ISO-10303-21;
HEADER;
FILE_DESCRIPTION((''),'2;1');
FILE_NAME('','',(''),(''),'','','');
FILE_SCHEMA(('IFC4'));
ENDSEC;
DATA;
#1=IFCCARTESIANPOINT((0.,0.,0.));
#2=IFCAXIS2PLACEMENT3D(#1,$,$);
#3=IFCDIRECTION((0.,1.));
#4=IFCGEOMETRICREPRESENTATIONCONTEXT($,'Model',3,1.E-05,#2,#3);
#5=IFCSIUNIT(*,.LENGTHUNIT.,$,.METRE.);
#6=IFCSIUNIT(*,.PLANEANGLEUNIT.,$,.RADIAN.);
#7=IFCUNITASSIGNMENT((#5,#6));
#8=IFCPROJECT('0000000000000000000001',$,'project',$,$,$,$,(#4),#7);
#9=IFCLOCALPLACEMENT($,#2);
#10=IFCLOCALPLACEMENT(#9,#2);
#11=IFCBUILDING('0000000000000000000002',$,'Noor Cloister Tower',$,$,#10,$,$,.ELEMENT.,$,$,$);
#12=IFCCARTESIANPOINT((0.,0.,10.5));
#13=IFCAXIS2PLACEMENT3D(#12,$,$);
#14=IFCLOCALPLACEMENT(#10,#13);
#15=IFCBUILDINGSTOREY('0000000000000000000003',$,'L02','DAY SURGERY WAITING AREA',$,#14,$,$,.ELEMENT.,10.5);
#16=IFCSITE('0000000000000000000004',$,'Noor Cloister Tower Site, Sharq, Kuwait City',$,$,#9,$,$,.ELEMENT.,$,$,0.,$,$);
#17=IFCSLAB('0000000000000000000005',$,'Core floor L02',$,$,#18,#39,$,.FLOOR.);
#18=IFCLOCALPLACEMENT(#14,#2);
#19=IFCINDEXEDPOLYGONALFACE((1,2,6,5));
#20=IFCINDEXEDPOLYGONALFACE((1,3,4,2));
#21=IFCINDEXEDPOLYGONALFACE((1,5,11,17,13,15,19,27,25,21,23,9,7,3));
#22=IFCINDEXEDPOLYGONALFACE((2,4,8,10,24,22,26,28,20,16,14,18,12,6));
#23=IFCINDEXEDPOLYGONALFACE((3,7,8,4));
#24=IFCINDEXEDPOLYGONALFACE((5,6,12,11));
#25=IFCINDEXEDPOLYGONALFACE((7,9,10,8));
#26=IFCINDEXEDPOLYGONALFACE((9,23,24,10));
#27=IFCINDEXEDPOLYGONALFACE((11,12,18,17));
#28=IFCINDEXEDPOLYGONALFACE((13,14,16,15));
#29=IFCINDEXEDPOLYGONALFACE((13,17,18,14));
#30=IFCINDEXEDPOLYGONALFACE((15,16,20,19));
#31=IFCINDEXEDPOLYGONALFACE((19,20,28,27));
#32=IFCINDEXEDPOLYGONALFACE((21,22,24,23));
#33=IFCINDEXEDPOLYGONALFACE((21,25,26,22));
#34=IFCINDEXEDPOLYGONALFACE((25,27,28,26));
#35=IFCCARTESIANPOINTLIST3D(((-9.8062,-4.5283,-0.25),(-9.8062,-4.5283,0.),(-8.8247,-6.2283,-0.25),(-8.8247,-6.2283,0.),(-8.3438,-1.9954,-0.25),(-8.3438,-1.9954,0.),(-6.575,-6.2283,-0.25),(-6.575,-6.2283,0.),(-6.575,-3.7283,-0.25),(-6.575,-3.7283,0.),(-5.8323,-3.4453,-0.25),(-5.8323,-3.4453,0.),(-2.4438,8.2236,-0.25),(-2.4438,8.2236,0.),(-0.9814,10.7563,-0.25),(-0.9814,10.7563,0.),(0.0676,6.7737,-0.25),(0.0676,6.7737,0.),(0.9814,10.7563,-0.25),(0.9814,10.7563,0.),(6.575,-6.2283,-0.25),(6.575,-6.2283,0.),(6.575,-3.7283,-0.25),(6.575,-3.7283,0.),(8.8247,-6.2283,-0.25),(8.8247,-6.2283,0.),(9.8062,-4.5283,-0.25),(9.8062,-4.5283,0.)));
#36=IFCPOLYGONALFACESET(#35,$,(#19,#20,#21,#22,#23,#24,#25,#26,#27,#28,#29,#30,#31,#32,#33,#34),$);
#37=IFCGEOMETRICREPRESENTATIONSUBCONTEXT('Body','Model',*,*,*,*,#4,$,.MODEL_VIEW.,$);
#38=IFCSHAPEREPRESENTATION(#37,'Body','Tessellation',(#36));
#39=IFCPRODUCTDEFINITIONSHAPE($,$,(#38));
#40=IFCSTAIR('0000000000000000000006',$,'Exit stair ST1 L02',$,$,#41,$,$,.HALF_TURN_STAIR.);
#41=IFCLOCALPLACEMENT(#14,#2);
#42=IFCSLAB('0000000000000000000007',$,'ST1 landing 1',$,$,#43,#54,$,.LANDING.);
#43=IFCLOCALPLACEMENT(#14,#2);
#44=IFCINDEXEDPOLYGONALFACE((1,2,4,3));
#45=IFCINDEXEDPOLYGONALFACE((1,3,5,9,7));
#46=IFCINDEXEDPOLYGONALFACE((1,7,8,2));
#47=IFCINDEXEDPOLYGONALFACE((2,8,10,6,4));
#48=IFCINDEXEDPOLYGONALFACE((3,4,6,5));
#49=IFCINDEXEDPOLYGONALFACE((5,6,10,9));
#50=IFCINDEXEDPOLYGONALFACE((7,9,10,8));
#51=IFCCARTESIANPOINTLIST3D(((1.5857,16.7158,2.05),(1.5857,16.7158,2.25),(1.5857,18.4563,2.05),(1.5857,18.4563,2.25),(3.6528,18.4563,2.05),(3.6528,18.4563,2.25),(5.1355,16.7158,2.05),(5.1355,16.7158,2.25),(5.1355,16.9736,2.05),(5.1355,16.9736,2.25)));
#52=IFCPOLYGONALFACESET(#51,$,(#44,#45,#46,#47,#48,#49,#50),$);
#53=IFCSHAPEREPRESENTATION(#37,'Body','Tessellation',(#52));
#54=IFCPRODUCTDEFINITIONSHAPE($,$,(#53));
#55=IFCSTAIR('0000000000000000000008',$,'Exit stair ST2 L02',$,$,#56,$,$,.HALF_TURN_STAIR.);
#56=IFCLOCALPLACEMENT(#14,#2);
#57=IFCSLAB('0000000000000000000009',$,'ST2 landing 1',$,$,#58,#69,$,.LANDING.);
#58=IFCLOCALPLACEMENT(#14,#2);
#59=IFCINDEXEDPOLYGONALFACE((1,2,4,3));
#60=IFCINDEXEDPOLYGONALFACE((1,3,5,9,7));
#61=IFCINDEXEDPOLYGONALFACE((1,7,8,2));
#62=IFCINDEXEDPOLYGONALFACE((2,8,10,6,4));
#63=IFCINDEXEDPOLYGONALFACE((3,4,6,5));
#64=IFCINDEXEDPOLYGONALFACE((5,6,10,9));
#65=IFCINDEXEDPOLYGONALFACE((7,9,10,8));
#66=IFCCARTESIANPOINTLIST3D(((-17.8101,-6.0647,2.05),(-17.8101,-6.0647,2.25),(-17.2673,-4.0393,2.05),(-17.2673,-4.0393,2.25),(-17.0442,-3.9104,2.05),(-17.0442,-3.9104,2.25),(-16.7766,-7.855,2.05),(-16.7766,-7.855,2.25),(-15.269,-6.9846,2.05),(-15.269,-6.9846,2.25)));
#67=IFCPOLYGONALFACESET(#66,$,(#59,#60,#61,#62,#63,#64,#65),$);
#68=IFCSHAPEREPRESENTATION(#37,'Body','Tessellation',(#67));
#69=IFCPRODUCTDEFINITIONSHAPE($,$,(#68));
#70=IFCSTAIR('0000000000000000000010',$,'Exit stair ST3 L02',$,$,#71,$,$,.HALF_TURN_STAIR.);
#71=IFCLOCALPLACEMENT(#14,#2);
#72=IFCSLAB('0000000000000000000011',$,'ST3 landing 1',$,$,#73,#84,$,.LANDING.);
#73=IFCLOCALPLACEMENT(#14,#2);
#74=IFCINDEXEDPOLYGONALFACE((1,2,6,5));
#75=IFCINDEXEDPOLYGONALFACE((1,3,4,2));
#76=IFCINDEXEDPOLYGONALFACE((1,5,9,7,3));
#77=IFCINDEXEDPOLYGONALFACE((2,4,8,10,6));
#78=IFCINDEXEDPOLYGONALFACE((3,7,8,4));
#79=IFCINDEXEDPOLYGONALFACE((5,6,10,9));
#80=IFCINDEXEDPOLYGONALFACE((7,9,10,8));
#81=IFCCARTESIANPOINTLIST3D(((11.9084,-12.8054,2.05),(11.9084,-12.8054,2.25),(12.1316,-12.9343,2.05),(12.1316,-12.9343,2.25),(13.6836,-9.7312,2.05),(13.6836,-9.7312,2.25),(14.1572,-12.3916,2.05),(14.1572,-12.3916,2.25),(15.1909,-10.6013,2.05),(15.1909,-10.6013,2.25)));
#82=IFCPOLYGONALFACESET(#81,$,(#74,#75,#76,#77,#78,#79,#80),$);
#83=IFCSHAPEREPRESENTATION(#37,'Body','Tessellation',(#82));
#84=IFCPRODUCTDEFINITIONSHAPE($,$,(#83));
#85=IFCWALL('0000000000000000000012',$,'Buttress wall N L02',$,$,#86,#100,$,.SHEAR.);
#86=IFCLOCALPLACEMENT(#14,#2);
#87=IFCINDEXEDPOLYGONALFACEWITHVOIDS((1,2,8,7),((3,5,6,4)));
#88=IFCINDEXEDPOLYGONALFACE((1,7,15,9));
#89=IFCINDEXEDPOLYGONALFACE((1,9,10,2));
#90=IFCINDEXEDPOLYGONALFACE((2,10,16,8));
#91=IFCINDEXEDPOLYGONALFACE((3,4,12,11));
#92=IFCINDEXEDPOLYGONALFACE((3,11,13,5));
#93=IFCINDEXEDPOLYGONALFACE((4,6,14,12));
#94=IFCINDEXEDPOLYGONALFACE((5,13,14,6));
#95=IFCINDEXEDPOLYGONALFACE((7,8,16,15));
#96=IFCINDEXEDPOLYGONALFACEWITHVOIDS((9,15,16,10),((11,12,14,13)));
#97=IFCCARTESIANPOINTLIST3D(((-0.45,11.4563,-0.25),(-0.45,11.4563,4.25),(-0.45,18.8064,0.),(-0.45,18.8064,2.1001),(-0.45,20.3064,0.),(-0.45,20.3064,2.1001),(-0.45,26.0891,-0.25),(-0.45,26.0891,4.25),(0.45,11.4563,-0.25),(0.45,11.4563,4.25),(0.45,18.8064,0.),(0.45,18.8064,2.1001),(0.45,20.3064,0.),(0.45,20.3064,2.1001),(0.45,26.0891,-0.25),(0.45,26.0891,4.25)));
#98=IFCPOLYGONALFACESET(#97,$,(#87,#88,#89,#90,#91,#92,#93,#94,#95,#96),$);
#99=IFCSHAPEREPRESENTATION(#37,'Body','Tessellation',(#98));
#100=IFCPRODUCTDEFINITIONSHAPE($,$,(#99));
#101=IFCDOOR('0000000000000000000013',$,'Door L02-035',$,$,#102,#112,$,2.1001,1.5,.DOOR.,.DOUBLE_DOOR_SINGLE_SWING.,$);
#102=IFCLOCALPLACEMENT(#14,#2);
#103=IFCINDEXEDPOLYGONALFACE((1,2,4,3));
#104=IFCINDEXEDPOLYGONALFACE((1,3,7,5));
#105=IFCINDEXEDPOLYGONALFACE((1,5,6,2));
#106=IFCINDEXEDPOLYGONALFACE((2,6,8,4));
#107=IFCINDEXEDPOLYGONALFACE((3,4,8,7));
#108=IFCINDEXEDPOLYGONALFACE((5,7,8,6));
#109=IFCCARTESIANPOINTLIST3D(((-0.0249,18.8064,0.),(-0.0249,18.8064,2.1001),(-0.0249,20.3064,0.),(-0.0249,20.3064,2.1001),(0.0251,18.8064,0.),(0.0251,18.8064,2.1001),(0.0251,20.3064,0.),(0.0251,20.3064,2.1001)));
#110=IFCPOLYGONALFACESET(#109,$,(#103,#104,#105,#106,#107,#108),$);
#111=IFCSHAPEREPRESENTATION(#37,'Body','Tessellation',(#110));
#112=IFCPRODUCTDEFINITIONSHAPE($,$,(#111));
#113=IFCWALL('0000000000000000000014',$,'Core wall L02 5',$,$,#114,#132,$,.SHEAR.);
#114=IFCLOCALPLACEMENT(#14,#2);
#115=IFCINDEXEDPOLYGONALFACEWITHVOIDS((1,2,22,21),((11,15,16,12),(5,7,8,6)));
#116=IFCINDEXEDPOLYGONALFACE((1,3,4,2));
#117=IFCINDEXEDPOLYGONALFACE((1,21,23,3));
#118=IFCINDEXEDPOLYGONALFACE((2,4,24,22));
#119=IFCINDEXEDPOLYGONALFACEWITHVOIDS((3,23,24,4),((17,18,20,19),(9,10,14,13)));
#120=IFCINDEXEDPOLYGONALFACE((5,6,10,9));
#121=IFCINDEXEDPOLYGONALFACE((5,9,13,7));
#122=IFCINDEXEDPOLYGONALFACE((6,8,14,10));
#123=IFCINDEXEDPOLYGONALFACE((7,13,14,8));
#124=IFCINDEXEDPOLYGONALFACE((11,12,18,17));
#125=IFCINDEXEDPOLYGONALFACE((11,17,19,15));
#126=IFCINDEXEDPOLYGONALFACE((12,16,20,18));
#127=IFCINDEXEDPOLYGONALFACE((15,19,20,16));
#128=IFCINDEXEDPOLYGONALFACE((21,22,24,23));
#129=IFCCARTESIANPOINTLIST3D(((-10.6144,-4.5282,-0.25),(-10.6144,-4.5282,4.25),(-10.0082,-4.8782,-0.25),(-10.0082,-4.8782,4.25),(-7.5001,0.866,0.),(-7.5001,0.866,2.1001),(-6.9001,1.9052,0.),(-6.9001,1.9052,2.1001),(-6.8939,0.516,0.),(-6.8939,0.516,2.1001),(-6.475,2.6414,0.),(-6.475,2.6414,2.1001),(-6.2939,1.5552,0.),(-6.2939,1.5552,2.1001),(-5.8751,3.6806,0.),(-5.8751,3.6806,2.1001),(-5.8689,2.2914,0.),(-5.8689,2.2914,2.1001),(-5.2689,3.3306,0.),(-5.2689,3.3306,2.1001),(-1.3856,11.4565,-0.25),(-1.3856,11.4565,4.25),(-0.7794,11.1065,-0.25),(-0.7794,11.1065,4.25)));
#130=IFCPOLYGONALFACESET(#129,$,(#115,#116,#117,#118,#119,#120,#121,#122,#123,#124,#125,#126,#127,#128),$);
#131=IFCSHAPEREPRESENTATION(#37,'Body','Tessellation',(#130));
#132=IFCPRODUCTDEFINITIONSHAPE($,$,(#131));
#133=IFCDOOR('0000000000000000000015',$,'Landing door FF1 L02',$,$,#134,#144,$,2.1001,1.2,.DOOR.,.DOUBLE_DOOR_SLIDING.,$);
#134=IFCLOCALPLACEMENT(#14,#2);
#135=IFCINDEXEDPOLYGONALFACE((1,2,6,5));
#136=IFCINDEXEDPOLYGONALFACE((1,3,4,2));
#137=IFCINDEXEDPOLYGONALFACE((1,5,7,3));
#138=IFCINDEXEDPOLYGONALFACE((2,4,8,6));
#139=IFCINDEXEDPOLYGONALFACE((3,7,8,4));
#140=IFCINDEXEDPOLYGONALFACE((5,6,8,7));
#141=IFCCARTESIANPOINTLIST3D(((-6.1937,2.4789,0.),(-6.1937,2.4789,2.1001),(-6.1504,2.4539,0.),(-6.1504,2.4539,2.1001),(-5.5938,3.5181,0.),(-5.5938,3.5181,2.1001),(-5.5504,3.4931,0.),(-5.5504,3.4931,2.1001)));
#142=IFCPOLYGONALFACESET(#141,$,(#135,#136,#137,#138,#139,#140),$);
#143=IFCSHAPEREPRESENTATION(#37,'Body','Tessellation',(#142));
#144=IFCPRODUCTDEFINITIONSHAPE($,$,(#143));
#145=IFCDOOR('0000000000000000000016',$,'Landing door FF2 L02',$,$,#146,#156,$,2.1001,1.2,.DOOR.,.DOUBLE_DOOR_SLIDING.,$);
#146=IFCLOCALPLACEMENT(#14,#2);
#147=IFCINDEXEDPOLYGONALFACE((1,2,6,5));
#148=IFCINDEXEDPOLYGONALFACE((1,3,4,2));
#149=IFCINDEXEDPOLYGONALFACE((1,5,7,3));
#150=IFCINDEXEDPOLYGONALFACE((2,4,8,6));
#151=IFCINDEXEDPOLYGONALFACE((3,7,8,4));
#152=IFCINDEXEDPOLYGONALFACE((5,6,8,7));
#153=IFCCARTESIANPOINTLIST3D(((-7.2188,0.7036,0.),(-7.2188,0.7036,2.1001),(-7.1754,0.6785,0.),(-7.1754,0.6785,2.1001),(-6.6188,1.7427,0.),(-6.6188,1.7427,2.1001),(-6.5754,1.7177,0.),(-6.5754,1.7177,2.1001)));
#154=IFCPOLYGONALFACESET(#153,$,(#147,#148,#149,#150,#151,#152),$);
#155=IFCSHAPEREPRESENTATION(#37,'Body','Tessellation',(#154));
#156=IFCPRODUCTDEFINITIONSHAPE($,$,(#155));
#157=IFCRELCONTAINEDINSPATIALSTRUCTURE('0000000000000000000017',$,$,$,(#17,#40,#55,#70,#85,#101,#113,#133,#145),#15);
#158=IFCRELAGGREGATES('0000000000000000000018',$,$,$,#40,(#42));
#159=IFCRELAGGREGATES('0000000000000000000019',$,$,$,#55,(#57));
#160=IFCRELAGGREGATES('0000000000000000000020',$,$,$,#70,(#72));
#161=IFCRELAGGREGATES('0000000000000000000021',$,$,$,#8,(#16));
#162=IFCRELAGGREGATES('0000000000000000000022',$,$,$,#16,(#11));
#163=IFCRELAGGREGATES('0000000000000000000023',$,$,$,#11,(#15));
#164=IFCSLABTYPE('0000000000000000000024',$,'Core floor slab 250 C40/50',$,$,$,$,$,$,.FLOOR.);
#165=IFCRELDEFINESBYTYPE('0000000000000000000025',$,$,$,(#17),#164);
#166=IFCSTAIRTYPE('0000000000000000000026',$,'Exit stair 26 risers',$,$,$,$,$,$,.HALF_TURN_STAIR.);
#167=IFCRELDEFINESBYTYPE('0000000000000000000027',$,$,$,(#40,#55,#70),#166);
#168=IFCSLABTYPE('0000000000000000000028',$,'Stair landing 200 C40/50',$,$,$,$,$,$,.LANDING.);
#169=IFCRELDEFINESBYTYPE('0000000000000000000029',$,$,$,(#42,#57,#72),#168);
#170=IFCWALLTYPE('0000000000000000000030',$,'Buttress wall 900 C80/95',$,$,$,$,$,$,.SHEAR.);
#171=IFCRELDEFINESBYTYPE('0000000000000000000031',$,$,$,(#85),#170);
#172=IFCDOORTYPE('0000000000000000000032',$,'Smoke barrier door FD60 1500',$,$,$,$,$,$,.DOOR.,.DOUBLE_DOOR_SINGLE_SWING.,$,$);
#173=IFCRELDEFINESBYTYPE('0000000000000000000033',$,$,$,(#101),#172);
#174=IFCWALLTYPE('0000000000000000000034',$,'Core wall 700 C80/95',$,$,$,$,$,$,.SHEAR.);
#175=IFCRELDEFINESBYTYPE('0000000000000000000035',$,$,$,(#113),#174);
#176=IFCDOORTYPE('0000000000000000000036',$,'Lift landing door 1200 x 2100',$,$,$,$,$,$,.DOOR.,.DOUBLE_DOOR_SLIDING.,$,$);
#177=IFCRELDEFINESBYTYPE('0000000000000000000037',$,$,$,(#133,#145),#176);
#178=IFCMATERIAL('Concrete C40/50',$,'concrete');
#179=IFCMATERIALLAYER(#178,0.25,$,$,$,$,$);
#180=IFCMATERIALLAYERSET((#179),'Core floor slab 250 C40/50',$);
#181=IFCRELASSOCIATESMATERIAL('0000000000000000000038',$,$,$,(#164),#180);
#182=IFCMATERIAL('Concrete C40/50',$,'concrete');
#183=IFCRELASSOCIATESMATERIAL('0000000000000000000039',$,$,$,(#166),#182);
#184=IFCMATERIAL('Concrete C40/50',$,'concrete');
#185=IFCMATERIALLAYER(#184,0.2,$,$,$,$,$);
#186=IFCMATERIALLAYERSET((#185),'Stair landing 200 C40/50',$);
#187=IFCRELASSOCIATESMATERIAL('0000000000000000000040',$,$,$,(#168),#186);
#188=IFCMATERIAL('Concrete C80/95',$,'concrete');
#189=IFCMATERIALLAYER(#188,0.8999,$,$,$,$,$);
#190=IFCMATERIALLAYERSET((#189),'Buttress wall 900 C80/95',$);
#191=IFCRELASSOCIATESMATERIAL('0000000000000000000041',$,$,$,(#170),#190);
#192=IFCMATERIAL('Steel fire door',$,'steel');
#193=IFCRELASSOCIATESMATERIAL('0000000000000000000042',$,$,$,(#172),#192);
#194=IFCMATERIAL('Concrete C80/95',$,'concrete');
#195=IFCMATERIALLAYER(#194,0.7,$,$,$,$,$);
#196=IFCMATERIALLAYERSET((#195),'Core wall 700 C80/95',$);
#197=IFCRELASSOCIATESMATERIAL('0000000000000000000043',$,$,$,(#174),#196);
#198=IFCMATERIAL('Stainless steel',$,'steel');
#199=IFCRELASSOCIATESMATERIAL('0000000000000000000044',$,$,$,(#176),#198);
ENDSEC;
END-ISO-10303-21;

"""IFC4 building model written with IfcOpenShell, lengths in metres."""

from ifc_helpers import new_model, si_unit, direction, frame, frame_2d, origin, place, context, subcontext, project, spatial, polyline, rectangle, outline, extrude, material, layer, layer_set, type_object, element, fill, aggregate, save


model = new_model("IFC4")

# Units and contexts
model_context = context("Model", 3, precision=1e-05, world=origin(), true_north=direction((0.0, 1.0)))
body_context = subcontext(model_context, "Body", "Model", "MODEL_VIEW")
ifc_project = project(units=[si_unit("LENGTHUNIT", "METRE"), si_unit("PLANEANGLEUNIT", "RADIAN")], contexts=[model_context])

# Site, building, storey
site_placement = place(None, origin())
site = spatial("IfcSite", under=ifc_project, at=site_placement, Name="Noor Cloister Tower Site, Sharq, Kuwait City", CompositionType="ELEMENT", RefElevation=0.0)
building_placement = place(site_placement, origin())
building = spatial("IfcBuilding", under=site, at=building_placement, Name="Noor Cloister Tower", CompositionType="ELEMENT")
storey_placement = place(building_placement, frame((0.0, 0.0, 10.5)))
storey = spatial("IfcBuildingStorey", under=building, at=storey_placement, Name="L02", Description="DAY SURGERY WAITING AREA", CompositionType="ELEMENT", Elevation=10.5)

# Slab
ifc_material_1 = material(Name="Concrete C40/50", Category="concrete")
ifc_layer_1 = layer(ifc_material_1, 0.25)
ifc_layer_set_1 = layer_set([ifc_layer_1], Name="Core floor slab 250 C40/50")
slab_type_1 = type_object("IfcSlabType", Name="Core floor slab 250 C40/50", PredefinedType="FLOOR", material=ifc_layer_set_1)
slab_1_placement = place(storey_placement, frame((0.0, 0.0, -0.25)))
element("IfcSlab", 1, at=slab_1_placement, inside=storey, type_object=slab_type_1, Name="Core floor L02", PredefinedType="FLOOR", context=body_context, shape_type="SweptSolid", body=[
    extrude(outline(polyline([(-6.575, -6.2283), (-6.575, -3.7283), (6.575, -3.7283), (6.575, -6.2283), (8.8247, -6.2283), (9.8062, -4.5283), (0.9814, 10.7563), (-0.9814, 10.7563), (-2.4438, 8.2236), (0.0676, 6.7737), (-5.8323, -3.4453), (-8.3438, -1.9954), (-9.8062, -4.5283), (-8.8247, -6.2283), (-6.575, -6.2283)])), origin(), (0.0, 0.0, 1.0), 0.25),
])

# Stairs, slabs
ifc_material_2 = material(Name="Concrete C40/50", Category="concrete")
stair_type = type_object("IfcStairType", Name="Exit stair 26 risers", PredefinedType="HALF_TURN_STAIR", material=ifc_material_2)
stair_1_placement = place(storey_placement, origin())
stair_1 = element("IfcStair", 2, at=stair_1_placement, inside=storey, type_object=stair_type, Name="Exit stair ST1 L02", PredefinedType="HALF_TURN_STAIR")
ifc_material_3 = material(Name="Concrete C40/50", Category="concrete")
ifc_layer_2 = layer(ifc_material_3, 0.2)
ifc_layer_set_2 = layer_set([ifc_layer_2], Name="Stair landing 200 C40/50")
slab_type_2 = type_object("IfcSlabType", Name="Stair landing 200 C40/50", PredefinedType="LANDING", material=ifc_layer_set_2)
slab_2_placement = place(storey_placement, frame((0.0, 0.0, 2.05)))
slab_2 = element("IfcSlab", 3, at=slab_2_placement, type_object=slab_type_2, Name="ST1 landing 1", PredefinedType="LANDING", context=body_context, shape_type="SweptSolid", body=[
    extrude(outline(polyline([(5.1355, 16.7158), (5.1355, 16.9736), (3.6528, 18.4563), (1.5857, 18.4563), (1.5857, 16.7158), (5.1355, 16.7158)])), origin(), (0.0, 0.0, 1.0), 0.2),
])
aggregate(stair_1, [slab_2])
stair_2_placement = place(storey_placement, origin())
stair_2 = element("IfcStair", 4, at=stair_2_placement, inside=storey, type_object=stair_type, Name="Exit stair ST2 L02", PredefinedType="HALF_TURN_STAIR")
slab_3_placement = place(storey_placement, frame((0.0, 0.0, 2.05)))
slab_3 = element("IfcSlab", 5, at=slab_3_placement, type_object=slab_type_2, Name="ST2 landing 1", PredefinedType="LANDING", context=body_context, shape_type="SweptSolid", body=[
    extrude(outline(polyline([(-17.0442, -3.9104), (-17.2673, -4.0393), (-17.8101, -6.0647), (-16.7766, -7.855), (-15.269, -6.9846), (-17.0442, -3.9104)])), origin(), (0.0, 0.0, 1.0), 0.2),
])
aggregate(stair_2, [slab_3])
stair_3_placement = place(storey_placement, origin())
stair_3 = element("IfcStair", 6, at=stair_3_placement, inside=storey, type_object=stair_type, Name="Exit stair ST3 L02", PredefinedType="HALF_TURN_STAIR")
slab_4_placement = place(storey_placement, frame((0.0, 0.0, 2.05)))
slab_4 = element("IfcSlab", 7, at=slab_4_placement, type_object=slab_type_2, Name="ST3 landing 1", PredefinedType="LANDING", context=body_context, shape_type="SweptSolid", body=[
    extrude(outline(polyline([(11.9084, -12.8054), (12.1316, -12.9343), (14.1572, -12.3916), (15.1909, -10.6013), (13.6836, -9.7312), (11.9084, -12.8054)])), origin(), (0.0, 0.0, 1.0), 0.2),
])
aggregate(stair_3, [slab_4])

# Wall, opening, door
ifc_material_4 = material(Name="Concrete C80/95", Category="concrete")
ifc_layer_3 = layer(ifc_material_4, 0.8999)
ifc_layer_set_3 = layer_set([ifc_layer_3], Name="Buttress wall 900 C80/95")
wall_type_1 = type_object("IfcWallType", Name="Buttress wall 900 C80/95", PredefinedType="SHEAR", material=ifc_layer_set_3)
wall_1_placement = place(storey_placement, frame((0.0, 11.4563, -0.25), z_axis=(0.0, 0.0, 1.0), x_axis=(0.0, 1.0, 0.0)))
wall_1 = element("IfcWall", 8, at=wall_1_placement, inside=storey, type_object=wall_type_1, Name="Buttress wall N L02", PredefinedType="SHEAR", context=body_context, shape_type="SweptSolid", body=[
    extrude(rectangle(XDim=14.6328, YDim=0.8999, at=frame_2d((7.3164, 0.0))), origin(), (0.0, 0.0, 1.0), 4.5),
])
opening_1_placement = place(wall_1_placement, frame((7.3501, 0.0, 0.25)))
opening_1 = element("IfcOpeningElement", 9, at=opening_1_placement, cuts=wall_1, PredefinedType="OPENING", context=body_context, shape_type="SweptSolid", body=[
    extrude(rectangle(XDim=1.5, YDim=2.1001, at=frame_2d((0.75, 1.05))), frame((0.0, 0.46, 0.0), z_axis=(0.0, -1.0, 0.0), x_axis=(1.0, 0.0, 0.0)), (0.0, 0.0, 1.0), 0.9199),
])
ifc_material_5 = material(Name="Steel fire door", Category="steel")
door_type_1 = type_object("IfcDoorType", Name="Smoke barrier door FD60 1500", OperationType="DOUBLE_DOOR_SINGLE_SWING", PredefinedType="DOOR", material=ifc_material_5)
door_1_placement = place(opening_1_placement, origin())
door_1 = element("IfcDoor", 10, at=door_1_placement, inside=storey, type_object=door_type_1, Name="Door L02-035", OperationType="DOUBLE_DOOR_SINGLE_SWING", OverallHeight=2.1001, OverallWidth=1.5, PredefinedType="DOOR", context=body_context, shape_type="SweptSolid", body=[
    extrude(rectangle(XDim=1.5, YDim=2.1001, at=frame_2d((0.75, 1.05))), frame((0.0, 0.0249, 0.0), z_axis=(0.0, -1.0, 0.0), x_axis=(1.0, 0.0, 0.0)), (0.0, 0.0, 1.0), 0.05),
])
fill(opening_1, door_1)

# Wall, openings, doors
ifc_material_6 = material(Name="Concrete C80/95", Category="concrete")
ifc_layer_4 = layer(ifc_material_6, 0.7)
ifc_layer_set_4 = layer_set([ifc_layer_4], Name="Core wall 700 C80/95")
wall_type_2 = type_object("IfcWallType", Name="Core wall 700 C80/95", PredefinedType="SHEAR", material=ifc_layer_set_4)
wall_2_placement = place(storey_placement, frame((-1.0825, 11.2815, -0.25), z_axis=(0.0, 0.0, 1.0), x_axis=(-0.500001, -0.866025, 0.0)))
wall_2 = element("IfcWall", 11, at=wall_2_placement, inside=storey, type_object=wall_type_2, Name="Core wall L02 5", PredefinedType="SHEAR", context=body_context, shape_type="SweptSolid", body=[
    extrude(rectangle(XDim=18.4575, YDim=0.7, at=frame_2d((9.2288, 0.0))), origin(), (0.0, 0.0, 1.0), 4.5),
])
opening_2_placement = place(wall_2_placement, frame((8.9788, 0.0, 0.25)))
opening_2 = element("IfcOpeningElement", 12, at=opening_2_placement, cuts=wall_2, PredefinedType="OPENING", context=body_context, shape_type="SweptSolid", body=[
    extrude(rectangle(XDim=1.2, YDim=2.1001, at=frame_2d((0.6001, 1.05))), frame((0.0, 0.3599, 0.0), z_axis=(0.0, -1.0, 0.0), x_axis=(1.0, 0.0, 0.0)), (0.0, 0.0, 1.0), 0.72),
])
opening_3_placement = place(wall_2_placement, frame((11.0288, 0.0, 0.25)))
opening_3 = element("IfcOpeningElement", 13, at=opening_3_placement, cuts=wall_2, PredefinedType="OPENING", context=body_context, shape_type="SweptSolid", body=[
    extrude(rectangle(XDim=1.2, YDim=2.1001, at=frame_2d((0.6001, 1.05))), frame((0.0, 0.3599, 0.0), z_axis=(0.0, -1.0, 0.0), x_axis=(1.0, 0.0, 0.0)), (0.0, 0.0, 1.0), 0.72),
])
ifc_material_7 = material(Name="Stainless steel", Category="steel")
door_type_2 = type_object("IfcDoorType", Name="Lift landing door 1200 x 2100", OperationType="DOUBLE_DOOR_SLIDING", PredefinedType="DOOR", material=ifc_material_7)
door_2_placement = place(opening_2_placement, origin())
door_2 = element("IfcDoor", 14, at=door_2_placement, inside=storey, type_object=door_type_2, Name="Landing door FF1 L02", OperationType="DOUBLE_DOOR_SLIDING", OverallHeight=2.1001, OverallWidth=1.2, PredefinedType="DOOR", context=body_context, shape_type="SweptSolid", body=[
    extrude(rectangle(XDim=1.2, YDim=2.1001, at=frame_2d((0.6001, 1.05))), frame((0.0, 0.0249, 0.0), z_axis=(0.0, -1.0, 0.0), x_axis=(1.0, 0.0, 0.0)), (0.0, 0.0, 1.0), 0.05),
])
fill(opening_2, door_2)
door_3_placement = place(opening_3_placement, origin())
door_3 = element("IfcDoor", 15, at=door_3_placement, inside=storey, type_object=door_type_2, Name="Landing door FF2 L02", OperationType="DOUBLE_DOOR_SLIDING", OverallHeight=2.1001, OverallWidth=1.2, PredefinedType="DOOR", context=body_context, shape_type="SweptSolid", body=[
    extrude(rectangle(XDim=1.2, YDim=2.1001, at=frame_2d((0.6001, 1.05))), frame((0.0, 0.0249, 0.0), z_axis=(0.0, -1.0, 0.0), x_axis=(1.0, 0.0, 0.0)), (0.0, 0.0, 1.0), 0.05),
])
fill(opening_3, door_3)

save(model, "model.ifc")
